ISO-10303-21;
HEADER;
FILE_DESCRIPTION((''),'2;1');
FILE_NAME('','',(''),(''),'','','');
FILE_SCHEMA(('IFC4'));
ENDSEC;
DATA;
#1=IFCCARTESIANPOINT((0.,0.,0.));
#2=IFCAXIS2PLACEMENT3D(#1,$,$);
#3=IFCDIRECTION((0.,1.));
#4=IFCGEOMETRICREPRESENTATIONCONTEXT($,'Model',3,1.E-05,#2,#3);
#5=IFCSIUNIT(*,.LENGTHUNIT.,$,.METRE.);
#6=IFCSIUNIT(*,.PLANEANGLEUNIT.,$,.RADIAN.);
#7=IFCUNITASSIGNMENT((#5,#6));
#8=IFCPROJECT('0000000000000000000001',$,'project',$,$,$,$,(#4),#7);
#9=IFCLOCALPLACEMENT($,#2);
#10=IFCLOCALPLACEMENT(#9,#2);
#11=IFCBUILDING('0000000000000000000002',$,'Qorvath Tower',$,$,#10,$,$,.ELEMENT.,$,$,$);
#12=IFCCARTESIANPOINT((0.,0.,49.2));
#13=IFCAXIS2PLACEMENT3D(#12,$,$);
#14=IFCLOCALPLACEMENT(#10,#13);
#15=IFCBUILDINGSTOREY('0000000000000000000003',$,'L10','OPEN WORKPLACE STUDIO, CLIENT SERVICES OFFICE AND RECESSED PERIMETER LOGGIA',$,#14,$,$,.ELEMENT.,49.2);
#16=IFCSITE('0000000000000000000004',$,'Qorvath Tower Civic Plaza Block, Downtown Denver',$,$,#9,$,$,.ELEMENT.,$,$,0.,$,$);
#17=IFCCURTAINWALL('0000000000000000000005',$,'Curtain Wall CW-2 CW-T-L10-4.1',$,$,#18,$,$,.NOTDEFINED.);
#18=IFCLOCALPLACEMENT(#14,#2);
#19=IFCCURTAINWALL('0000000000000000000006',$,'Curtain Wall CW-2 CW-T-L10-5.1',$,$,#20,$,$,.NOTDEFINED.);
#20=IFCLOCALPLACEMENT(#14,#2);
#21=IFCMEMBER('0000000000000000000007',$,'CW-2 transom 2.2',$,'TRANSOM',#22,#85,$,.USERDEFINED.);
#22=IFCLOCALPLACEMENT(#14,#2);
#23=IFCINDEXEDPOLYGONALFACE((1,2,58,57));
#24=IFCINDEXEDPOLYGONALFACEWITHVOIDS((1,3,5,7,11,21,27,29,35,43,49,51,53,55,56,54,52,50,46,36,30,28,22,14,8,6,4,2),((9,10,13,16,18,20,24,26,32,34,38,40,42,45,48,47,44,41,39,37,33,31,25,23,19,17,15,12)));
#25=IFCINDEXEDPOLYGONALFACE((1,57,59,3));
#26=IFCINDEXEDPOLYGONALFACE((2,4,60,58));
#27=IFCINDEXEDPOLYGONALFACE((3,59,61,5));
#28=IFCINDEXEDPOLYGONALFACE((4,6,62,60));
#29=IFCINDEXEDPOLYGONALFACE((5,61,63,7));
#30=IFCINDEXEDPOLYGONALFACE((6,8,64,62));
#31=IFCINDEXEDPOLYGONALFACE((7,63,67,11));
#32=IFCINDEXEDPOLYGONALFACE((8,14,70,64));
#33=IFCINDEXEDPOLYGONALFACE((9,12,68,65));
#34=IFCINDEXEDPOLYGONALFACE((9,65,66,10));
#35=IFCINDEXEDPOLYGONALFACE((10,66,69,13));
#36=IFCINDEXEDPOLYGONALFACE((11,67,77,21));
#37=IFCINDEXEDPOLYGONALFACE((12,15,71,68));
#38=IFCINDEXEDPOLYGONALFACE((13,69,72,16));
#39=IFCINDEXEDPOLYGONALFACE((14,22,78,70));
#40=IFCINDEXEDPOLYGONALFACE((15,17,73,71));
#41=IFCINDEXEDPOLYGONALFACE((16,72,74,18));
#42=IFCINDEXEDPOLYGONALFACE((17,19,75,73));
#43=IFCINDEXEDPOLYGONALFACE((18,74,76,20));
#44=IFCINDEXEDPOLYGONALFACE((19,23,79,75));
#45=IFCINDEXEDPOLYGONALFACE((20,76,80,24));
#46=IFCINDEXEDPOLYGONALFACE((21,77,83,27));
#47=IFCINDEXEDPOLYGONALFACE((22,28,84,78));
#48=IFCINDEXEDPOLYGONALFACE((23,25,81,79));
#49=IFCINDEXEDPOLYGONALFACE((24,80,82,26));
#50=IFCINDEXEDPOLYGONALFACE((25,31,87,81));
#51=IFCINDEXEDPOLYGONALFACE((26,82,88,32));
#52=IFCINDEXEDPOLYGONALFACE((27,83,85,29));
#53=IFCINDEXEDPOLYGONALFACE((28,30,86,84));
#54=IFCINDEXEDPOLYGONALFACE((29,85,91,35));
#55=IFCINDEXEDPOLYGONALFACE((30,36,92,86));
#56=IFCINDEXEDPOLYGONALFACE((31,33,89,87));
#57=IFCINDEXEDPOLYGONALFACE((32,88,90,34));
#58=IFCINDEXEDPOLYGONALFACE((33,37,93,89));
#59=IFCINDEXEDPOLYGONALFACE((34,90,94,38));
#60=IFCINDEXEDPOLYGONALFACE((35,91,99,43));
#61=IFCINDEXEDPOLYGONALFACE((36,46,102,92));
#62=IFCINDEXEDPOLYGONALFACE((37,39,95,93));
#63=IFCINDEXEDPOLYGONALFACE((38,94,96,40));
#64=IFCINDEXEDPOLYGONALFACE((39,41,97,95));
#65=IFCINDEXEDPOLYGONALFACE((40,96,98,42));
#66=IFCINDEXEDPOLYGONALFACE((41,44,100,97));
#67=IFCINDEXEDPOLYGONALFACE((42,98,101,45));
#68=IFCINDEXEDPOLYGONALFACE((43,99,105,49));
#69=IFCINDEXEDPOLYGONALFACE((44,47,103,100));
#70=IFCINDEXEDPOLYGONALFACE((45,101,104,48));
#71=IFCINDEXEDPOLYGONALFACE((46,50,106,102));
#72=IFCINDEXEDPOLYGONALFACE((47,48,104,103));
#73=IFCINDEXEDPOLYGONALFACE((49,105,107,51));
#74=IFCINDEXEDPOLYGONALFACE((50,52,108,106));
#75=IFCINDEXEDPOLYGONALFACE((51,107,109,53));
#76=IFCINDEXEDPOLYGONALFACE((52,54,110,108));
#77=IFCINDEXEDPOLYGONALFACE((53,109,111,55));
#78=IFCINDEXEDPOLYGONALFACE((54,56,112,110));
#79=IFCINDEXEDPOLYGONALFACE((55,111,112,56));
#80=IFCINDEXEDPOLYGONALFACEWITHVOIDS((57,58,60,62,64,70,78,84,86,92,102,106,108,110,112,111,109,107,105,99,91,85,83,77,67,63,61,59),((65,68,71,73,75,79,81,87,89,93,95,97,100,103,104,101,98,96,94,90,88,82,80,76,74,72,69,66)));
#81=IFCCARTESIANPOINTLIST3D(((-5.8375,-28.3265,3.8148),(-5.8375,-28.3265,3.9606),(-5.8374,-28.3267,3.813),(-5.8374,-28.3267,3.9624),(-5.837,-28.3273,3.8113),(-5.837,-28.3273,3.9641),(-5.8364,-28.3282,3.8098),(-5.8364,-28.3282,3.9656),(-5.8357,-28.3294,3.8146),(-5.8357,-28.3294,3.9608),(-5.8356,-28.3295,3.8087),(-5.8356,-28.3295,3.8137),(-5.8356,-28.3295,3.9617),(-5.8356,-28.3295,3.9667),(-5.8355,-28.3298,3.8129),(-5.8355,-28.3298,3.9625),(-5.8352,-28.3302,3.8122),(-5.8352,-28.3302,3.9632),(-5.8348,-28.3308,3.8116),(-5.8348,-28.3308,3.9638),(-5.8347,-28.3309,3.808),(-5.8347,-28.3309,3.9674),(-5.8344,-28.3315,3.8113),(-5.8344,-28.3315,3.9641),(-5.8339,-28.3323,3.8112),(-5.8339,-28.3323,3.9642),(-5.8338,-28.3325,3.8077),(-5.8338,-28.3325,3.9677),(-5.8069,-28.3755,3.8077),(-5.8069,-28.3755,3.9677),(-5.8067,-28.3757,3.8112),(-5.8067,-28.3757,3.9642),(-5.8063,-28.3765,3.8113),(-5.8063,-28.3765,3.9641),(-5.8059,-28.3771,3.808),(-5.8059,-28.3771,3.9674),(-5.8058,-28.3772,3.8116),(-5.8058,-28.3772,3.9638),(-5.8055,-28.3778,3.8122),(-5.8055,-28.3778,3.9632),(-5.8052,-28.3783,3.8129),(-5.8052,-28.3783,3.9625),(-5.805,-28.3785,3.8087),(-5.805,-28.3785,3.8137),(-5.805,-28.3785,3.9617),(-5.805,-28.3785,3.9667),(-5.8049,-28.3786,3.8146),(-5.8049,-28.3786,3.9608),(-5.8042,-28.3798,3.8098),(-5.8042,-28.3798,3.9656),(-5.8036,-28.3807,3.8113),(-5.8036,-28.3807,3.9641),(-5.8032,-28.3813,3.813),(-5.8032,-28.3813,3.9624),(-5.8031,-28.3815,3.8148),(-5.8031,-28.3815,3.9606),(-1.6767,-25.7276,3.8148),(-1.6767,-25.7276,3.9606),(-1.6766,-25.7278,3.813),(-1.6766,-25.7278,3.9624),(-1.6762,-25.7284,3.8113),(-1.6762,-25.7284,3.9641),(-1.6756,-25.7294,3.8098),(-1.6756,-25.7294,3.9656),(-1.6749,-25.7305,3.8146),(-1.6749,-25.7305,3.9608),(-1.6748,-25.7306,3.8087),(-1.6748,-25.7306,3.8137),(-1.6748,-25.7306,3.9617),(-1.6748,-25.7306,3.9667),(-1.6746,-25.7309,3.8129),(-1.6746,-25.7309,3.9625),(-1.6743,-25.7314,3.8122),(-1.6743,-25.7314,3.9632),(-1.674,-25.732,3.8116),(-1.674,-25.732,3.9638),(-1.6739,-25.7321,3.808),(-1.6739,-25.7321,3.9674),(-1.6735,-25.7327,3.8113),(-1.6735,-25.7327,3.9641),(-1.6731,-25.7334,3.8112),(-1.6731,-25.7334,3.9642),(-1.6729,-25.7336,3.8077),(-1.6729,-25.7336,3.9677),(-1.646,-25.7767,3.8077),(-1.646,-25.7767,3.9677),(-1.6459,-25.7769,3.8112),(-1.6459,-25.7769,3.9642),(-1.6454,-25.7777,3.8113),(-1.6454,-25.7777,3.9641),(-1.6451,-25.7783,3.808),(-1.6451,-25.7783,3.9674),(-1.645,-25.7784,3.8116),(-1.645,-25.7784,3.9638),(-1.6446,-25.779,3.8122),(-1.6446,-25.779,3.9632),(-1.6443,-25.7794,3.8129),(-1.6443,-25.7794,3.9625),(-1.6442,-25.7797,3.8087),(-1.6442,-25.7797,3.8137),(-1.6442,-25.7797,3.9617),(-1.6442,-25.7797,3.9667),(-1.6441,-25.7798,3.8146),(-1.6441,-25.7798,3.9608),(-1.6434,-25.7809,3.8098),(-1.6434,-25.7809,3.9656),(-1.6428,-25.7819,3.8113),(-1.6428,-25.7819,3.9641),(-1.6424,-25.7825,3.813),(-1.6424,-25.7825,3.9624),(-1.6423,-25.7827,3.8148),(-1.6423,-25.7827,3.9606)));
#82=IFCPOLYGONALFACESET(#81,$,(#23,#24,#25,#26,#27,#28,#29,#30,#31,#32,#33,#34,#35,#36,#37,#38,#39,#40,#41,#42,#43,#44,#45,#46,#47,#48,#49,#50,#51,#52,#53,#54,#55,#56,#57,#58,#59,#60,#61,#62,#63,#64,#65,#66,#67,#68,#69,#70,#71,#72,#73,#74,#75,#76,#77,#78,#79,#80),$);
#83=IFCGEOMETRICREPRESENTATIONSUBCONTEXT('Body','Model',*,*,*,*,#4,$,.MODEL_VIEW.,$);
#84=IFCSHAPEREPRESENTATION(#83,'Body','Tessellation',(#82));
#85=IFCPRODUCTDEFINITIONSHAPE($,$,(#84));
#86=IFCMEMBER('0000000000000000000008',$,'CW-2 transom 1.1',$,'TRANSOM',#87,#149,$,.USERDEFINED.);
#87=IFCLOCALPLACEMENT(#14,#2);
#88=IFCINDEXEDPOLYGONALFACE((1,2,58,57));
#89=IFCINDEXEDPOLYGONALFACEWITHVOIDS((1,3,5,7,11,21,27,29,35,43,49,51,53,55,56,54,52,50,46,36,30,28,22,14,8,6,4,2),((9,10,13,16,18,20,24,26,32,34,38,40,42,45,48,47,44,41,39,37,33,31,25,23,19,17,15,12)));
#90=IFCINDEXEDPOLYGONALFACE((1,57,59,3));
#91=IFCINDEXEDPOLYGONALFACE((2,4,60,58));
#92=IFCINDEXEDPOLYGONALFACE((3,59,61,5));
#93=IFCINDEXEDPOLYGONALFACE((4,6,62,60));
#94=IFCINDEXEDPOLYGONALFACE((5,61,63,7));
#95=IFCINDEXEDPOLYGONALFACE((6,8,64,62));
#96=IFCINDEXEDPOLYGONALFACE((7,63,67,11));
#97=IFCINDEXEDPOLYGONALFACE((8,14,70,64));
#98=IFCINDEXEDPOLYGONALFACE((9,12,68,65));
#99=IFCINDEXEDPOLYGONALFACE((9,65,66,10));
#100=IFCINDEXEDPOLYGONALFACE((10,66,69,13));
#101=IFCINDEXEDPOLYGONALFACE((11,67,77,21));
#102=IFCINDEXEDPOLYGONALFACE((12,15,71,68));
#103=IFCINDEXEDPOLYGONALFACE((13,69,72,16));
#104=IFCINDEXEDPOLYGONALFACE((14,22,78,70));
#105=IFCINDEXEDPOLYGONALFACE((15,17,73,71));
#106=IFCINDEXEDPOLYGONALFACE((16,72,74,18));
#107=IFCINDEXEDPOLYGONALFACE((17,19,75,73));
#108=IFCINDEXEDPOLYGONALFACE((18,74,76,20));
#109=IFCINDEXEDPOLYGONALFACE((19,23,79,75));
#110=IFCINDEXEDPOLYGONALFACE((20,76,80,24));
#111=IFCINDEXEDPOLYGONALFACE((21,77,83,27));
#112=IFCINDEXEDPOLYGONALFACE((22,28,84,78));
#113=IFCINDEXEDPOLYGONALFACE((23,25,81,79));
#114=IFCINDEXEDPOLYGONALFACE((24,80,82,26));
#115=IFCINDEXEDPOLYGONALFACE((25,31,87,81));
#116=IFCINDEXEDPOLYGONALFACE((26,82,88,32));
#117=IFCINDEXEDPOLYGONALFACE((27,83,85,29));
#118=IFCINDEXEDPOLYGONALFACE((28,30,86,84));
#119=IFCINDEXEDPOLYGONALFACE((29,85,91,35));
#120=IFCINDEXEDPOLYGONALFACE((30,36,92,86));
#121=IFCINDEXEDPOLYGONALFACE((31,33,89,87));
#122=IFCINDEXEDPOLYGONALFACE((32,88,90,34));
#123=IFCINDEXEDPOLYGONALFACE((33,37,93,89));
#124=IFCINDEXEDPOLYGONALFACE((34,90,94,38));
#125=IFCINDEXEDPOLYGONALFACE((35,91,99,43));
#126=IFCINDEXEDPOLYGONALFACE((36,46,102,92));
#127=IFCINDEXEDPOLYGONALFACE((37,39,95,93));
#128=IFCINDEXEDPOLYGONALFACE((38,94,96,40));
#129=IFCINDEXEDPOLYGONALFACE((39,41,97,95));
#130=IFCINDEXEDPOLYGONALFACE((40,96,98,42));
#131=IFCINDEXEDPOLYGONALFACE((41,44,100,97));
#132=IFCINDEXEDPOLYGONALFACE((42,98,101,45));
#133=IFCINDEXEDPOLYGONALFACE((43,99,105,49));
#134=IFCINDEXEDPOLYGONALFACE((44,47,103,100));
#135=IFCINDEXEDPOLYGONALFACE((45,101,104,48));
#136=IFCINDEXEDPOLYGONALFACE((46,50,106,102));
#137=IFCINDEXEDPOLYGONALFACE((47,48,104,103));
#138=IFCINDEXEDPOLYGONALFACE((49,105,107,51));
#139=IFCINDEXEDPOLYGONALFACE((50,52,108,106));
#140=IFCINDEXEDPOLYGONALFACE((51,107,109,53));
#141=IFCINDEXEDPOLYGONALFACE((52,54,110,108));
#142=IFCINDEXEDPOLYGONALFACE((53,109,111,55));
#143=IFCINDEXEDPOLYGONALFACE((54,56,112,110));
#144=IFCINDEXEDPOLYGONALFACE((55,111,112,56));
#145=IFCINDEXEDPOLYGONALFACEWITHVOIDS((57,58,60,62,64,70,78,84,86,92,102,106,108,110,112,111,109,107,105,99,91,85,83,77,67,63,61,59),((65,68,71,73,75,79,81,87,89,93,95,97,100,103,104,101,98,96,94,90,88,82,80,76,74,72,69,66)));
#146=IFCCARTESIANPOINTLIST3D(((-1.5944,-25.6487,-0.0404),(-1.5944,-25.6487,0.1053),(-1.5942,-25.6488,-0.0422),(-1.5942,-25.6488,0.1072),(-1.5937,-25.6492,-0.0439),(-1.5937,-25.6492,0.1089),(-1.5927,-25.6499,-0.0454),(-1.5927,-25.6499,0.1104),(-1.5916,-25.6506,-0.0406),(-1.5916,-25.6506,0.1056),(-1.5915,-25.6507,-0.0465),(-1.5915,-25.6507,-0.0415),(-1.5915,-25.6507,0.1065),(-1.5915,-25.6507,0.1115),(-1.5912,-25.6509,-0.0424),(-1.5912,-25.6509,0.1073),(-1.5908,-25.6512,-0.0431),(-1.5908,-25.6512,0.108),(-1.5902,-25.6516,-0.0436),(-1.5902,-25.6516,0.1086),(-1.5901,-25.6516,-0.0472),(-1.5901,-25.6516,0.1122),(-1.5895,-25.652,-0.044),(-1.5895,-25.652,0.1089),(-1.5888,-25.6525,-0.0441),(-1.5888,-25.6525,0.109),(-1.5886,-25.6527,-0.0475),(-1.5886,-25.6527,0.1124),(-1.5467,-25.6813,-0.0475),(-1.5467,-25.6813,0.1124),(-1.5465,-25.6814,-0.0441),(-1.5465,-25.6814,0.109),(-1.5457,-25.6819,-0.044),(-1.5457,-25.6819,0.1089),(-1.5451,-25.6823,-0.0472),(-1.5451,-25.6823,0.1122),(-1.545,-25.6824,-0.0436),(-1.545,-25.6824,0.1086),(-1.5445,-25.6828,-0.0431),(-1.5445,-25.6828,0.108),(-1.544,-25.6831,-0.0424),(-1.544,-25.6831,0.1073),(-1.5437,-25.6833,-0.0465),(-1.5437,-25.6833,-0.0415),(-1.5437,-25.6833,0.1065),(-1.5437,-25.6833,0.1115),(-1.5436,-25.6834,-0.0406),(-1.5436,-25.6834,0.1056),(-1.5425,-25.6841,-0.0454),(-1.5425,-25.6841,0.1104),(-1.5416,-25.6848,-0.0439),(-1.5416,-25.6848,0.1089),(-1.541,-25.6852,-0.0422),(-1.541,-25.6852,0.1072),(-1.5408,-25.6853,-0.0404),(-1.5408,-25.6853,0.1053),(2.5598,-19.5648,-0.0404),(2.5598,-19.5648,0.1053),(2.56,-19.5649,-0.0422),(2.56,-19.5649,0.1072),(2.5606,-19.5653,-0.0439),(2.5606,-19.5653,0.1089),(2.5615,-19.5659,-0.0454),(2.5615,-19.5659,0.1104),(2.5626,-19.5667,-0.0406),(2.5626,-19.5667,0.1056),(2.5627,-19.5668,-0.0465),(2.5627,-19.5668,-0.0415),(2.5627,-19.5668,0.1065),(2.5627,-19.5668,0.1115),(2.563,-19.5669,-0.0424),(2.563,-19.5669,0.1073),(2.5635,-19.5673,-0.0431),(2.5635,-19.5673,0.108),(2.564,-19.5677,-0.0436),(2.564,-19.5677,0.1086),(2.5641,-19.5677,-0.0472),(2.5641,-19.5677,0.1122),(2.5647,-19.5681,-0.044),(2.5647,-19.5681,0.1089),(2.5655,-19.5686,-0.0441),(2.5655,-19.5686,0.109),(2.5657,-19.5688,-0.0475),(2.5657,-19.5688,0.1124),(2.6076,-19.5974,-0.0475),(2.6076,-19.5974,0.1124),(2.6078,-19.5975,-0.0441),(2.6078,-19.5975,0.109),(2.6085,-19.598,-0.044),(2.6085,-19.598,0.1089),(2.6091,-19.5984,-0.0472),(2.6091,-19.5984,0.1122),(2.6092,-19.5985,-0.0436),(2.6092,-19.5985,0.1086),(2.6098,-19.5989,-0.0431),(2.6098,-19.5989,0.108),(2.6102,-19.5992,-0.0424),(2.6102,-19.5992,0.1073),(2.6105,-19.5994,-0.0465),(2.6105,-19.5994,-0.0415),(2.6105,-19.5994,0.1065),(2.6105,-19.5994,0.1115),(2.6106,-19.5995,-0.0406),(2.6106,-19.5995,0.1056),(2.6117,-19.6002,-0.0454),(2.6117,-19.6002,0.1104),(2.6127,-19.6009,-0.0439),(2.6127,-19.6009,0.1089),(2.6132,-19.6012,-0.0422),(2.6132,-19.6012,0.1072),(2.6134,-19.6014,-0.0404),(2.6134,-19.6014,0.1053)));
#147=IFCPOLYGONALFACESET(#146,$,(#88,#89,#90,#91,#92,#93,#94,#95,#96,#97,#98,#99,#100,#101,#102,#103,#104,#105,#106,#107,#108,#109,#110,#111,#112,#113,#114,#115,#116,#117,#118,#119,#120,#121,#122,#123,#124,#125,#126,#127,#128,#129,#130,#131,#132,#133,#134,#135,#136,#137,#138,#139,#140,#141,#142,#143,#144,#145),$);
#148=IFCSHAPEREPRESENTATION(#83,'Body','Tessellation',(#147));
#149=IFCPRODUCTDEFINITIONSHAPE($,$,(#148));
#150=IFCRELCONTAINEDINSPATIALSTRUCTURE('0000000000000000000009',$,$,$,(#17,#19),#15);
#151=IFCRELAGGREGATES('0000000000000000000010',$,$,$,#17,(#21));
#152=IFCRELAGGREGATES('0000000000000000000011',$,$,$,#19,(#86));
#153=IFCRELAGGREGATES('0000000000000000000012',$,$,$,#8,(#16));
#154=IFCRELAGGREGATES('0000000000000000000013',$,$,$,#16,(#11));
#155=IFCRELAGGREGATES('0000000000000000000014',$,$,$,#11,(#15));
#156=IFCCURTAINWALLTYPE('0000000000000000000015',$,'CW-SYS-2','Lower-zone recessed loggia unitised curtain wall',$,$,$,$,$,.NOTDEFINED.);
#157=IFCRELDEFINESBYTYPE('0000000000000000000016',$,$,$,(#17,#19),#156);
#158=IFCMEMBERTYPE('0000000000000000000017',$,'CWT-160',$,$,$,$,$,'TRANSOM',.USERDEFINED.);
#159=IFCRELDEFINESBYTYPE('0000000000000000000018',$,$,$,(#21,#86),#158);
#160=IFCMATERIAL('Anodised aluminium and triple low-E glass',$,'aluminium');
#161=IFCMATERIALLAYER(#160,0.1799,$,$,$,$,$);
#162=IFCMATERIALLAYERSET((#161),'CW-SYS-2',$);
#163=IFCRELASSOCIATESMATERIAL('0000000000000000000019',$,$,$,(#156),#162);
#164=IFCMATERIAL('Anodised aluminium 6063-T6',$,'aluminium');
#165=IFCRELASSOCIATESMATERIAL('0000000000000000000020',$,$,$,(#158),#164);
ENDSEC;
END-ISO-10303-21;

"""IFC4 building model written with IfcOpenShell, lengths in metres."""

from ifc_helpers import new_model, si_unit, direction, frame, origin, origin_2d, place, context, subcontext, project, spatial, hollow_rectangle, extrude, material, layer, layer_set, material_profile, profile_set, type_object, element, aggregate, save


model = new_model("IFC4")

# Units and contexts
model_context = context("Model", 3, precision=1e-05, world=origin(), true_north=direction((0.0, 1.0)))
body_context = subcontext(model_context, "Body", "Model", "MODEL_VIEW")
ifc_project = project(units=[si_unit("LENGTHUNIT", "METRE"), si_unit("PLANEANGLEUNIT", "RADIAN")], contexts=[model_context])

# Site, building, storey
site_placement = place(None, origin())
site = spatial("IfcSite", under=ifc_project, at=site_placement, Name="Qorvath Tower Civic Plaza Block, Downtown Denver", CompositionType="ELEMENT", RefElevation=0.0)
building_placement = place(site_placement, origin())
building = spatial("IfcBuilding", under=site, at=building_placement, Name="Qorvath Tower", CompositionType="ELEMENT")
storey_placement = place(building_placement, frame((0.0, 0.0, 49.2)))
storey = spatial("IfcBuildingStorey", under=building, at=storey_placement, Name="L10", Description="OPEN WORKPLACE STUDIO, CLIENT SERVICES OFFICE AND RECESSED PERIMETER LOGGIA", CompositionType="ELEMENT", Elevation=49.2)

# Curtain walls
ifc_material_1 = material(Name="Anodised aluminium and triple low-E glass", Category="aluminium")
ifc_layer_1 = layer(ifc_material_1, 0.1799)
ifc_layer_set_1 = layer_set([ifc_layer_1], Name="CW-SYS-2")
curtain_wall_type = type_object("IfcCurtainWallType", Name="CW-SYS-2", Description="Lower-zone recessed loggia unitised curtain wall", PredefinedType="NOTDEFINED", material=ifc_layer_set_1)
curtain_wall_1_placement = place(storey_placement, origin())
curtain_wall_1 = element("IfcCurtainWall", 1, at=curtain_wall_1_placement, inside=storey, type_object=curtain_wall_type, Name="Curtain Wall CW-2 CW-T-L10-4.1", PredefinedType="NOTDEFINED")
curtain_wall_2_placement = place(storey_placement, origin())
curtain_wall_2 = element("IfcCurtainWall", 2, at=curtain_wall_2_placement, inside=storey, type_object=curtain_wall_type, Name="Curtain Wall CW-2 CW-T-L10-5.1", PredefinedType="NOTDEFINED")

# Members
ifc_material_2 = material(Name="Anodised aluminium 6063-T6", Category="aluminium")
ifc_material_profile_1 = material_profile(ifc_material_2, hollow_rectangle(XDim=0.0649, YDim=0.1599, WallThickness=0.0034, InnerFilletRadius=0.0034, OuterFilletRadius=0.0071, at=origin_2d()), Name="CWT 160x65")
ifc_profile_set_1 = profile_set([ifc_material_profile_1], Name="Anodised aluminium 6063-T6")
member_type_1 = type_object("IfcMemberType", Name="CWT-160", ElementType="TRANSOM", PredefinedType="USERDEFINED", material=ifc_profile_set_1)
member_1_placement = place(storey_placement, frame((-5.8203, -28.354, 3.8877), z_axis=(0.848152, 0.529753, 0.0), x_axis=(-0.529753, 0.848152, 0.0)))
member_1 = element("IfcMember", 3, at=member_1_placement, type_object=member_type_1, Name="CW-2 transom 2.2", ObjectType="TRANSOM", PredefinedType="USERDEFINED", context=body_context, shape_type="SweptSolid", body=[
    extrude(hollow_rectangle(XDim=0.0649, YDim=0.1599, WallThickness=0.0034, InnerFilletRadius=0.0034, OuterFilletRadius=0.0071, at=origin_2d()), origin(), (0.0, 0.0, 1.0), 4.9058),
])
member_2_placement = place(storey_placement, frame((-1.5676, -25.667, 0.0325), z_axis=(0.563904, 0.82584, 0.0), x_axis=(-0.82584, 0.563904, 0.0)))
member_2 = element("IfcMember", 4, at=member_2_placement, type_object=member_type_1, Name="CW-2 transom 1.1", ObjectType="TRANSOM", PredefinedType="USERDEFINED", context=body_context, shape_type="SweptSolid", body=[
    extrude(hollow_rectangle(XDim=0.0649, YDim=0.1599, WallThickness=0.0034, InnerFilletRadius=0.0034, OuterFilletRadius=0.0071, at=origin_2d()), origin(), (0.0, 0.0, 1.0), 7.3669),
])

aggregate(curtain_wall_1, [member_1])
aggregate(curtain_wall_2, [member_2])

save(model, "model.ifc")
